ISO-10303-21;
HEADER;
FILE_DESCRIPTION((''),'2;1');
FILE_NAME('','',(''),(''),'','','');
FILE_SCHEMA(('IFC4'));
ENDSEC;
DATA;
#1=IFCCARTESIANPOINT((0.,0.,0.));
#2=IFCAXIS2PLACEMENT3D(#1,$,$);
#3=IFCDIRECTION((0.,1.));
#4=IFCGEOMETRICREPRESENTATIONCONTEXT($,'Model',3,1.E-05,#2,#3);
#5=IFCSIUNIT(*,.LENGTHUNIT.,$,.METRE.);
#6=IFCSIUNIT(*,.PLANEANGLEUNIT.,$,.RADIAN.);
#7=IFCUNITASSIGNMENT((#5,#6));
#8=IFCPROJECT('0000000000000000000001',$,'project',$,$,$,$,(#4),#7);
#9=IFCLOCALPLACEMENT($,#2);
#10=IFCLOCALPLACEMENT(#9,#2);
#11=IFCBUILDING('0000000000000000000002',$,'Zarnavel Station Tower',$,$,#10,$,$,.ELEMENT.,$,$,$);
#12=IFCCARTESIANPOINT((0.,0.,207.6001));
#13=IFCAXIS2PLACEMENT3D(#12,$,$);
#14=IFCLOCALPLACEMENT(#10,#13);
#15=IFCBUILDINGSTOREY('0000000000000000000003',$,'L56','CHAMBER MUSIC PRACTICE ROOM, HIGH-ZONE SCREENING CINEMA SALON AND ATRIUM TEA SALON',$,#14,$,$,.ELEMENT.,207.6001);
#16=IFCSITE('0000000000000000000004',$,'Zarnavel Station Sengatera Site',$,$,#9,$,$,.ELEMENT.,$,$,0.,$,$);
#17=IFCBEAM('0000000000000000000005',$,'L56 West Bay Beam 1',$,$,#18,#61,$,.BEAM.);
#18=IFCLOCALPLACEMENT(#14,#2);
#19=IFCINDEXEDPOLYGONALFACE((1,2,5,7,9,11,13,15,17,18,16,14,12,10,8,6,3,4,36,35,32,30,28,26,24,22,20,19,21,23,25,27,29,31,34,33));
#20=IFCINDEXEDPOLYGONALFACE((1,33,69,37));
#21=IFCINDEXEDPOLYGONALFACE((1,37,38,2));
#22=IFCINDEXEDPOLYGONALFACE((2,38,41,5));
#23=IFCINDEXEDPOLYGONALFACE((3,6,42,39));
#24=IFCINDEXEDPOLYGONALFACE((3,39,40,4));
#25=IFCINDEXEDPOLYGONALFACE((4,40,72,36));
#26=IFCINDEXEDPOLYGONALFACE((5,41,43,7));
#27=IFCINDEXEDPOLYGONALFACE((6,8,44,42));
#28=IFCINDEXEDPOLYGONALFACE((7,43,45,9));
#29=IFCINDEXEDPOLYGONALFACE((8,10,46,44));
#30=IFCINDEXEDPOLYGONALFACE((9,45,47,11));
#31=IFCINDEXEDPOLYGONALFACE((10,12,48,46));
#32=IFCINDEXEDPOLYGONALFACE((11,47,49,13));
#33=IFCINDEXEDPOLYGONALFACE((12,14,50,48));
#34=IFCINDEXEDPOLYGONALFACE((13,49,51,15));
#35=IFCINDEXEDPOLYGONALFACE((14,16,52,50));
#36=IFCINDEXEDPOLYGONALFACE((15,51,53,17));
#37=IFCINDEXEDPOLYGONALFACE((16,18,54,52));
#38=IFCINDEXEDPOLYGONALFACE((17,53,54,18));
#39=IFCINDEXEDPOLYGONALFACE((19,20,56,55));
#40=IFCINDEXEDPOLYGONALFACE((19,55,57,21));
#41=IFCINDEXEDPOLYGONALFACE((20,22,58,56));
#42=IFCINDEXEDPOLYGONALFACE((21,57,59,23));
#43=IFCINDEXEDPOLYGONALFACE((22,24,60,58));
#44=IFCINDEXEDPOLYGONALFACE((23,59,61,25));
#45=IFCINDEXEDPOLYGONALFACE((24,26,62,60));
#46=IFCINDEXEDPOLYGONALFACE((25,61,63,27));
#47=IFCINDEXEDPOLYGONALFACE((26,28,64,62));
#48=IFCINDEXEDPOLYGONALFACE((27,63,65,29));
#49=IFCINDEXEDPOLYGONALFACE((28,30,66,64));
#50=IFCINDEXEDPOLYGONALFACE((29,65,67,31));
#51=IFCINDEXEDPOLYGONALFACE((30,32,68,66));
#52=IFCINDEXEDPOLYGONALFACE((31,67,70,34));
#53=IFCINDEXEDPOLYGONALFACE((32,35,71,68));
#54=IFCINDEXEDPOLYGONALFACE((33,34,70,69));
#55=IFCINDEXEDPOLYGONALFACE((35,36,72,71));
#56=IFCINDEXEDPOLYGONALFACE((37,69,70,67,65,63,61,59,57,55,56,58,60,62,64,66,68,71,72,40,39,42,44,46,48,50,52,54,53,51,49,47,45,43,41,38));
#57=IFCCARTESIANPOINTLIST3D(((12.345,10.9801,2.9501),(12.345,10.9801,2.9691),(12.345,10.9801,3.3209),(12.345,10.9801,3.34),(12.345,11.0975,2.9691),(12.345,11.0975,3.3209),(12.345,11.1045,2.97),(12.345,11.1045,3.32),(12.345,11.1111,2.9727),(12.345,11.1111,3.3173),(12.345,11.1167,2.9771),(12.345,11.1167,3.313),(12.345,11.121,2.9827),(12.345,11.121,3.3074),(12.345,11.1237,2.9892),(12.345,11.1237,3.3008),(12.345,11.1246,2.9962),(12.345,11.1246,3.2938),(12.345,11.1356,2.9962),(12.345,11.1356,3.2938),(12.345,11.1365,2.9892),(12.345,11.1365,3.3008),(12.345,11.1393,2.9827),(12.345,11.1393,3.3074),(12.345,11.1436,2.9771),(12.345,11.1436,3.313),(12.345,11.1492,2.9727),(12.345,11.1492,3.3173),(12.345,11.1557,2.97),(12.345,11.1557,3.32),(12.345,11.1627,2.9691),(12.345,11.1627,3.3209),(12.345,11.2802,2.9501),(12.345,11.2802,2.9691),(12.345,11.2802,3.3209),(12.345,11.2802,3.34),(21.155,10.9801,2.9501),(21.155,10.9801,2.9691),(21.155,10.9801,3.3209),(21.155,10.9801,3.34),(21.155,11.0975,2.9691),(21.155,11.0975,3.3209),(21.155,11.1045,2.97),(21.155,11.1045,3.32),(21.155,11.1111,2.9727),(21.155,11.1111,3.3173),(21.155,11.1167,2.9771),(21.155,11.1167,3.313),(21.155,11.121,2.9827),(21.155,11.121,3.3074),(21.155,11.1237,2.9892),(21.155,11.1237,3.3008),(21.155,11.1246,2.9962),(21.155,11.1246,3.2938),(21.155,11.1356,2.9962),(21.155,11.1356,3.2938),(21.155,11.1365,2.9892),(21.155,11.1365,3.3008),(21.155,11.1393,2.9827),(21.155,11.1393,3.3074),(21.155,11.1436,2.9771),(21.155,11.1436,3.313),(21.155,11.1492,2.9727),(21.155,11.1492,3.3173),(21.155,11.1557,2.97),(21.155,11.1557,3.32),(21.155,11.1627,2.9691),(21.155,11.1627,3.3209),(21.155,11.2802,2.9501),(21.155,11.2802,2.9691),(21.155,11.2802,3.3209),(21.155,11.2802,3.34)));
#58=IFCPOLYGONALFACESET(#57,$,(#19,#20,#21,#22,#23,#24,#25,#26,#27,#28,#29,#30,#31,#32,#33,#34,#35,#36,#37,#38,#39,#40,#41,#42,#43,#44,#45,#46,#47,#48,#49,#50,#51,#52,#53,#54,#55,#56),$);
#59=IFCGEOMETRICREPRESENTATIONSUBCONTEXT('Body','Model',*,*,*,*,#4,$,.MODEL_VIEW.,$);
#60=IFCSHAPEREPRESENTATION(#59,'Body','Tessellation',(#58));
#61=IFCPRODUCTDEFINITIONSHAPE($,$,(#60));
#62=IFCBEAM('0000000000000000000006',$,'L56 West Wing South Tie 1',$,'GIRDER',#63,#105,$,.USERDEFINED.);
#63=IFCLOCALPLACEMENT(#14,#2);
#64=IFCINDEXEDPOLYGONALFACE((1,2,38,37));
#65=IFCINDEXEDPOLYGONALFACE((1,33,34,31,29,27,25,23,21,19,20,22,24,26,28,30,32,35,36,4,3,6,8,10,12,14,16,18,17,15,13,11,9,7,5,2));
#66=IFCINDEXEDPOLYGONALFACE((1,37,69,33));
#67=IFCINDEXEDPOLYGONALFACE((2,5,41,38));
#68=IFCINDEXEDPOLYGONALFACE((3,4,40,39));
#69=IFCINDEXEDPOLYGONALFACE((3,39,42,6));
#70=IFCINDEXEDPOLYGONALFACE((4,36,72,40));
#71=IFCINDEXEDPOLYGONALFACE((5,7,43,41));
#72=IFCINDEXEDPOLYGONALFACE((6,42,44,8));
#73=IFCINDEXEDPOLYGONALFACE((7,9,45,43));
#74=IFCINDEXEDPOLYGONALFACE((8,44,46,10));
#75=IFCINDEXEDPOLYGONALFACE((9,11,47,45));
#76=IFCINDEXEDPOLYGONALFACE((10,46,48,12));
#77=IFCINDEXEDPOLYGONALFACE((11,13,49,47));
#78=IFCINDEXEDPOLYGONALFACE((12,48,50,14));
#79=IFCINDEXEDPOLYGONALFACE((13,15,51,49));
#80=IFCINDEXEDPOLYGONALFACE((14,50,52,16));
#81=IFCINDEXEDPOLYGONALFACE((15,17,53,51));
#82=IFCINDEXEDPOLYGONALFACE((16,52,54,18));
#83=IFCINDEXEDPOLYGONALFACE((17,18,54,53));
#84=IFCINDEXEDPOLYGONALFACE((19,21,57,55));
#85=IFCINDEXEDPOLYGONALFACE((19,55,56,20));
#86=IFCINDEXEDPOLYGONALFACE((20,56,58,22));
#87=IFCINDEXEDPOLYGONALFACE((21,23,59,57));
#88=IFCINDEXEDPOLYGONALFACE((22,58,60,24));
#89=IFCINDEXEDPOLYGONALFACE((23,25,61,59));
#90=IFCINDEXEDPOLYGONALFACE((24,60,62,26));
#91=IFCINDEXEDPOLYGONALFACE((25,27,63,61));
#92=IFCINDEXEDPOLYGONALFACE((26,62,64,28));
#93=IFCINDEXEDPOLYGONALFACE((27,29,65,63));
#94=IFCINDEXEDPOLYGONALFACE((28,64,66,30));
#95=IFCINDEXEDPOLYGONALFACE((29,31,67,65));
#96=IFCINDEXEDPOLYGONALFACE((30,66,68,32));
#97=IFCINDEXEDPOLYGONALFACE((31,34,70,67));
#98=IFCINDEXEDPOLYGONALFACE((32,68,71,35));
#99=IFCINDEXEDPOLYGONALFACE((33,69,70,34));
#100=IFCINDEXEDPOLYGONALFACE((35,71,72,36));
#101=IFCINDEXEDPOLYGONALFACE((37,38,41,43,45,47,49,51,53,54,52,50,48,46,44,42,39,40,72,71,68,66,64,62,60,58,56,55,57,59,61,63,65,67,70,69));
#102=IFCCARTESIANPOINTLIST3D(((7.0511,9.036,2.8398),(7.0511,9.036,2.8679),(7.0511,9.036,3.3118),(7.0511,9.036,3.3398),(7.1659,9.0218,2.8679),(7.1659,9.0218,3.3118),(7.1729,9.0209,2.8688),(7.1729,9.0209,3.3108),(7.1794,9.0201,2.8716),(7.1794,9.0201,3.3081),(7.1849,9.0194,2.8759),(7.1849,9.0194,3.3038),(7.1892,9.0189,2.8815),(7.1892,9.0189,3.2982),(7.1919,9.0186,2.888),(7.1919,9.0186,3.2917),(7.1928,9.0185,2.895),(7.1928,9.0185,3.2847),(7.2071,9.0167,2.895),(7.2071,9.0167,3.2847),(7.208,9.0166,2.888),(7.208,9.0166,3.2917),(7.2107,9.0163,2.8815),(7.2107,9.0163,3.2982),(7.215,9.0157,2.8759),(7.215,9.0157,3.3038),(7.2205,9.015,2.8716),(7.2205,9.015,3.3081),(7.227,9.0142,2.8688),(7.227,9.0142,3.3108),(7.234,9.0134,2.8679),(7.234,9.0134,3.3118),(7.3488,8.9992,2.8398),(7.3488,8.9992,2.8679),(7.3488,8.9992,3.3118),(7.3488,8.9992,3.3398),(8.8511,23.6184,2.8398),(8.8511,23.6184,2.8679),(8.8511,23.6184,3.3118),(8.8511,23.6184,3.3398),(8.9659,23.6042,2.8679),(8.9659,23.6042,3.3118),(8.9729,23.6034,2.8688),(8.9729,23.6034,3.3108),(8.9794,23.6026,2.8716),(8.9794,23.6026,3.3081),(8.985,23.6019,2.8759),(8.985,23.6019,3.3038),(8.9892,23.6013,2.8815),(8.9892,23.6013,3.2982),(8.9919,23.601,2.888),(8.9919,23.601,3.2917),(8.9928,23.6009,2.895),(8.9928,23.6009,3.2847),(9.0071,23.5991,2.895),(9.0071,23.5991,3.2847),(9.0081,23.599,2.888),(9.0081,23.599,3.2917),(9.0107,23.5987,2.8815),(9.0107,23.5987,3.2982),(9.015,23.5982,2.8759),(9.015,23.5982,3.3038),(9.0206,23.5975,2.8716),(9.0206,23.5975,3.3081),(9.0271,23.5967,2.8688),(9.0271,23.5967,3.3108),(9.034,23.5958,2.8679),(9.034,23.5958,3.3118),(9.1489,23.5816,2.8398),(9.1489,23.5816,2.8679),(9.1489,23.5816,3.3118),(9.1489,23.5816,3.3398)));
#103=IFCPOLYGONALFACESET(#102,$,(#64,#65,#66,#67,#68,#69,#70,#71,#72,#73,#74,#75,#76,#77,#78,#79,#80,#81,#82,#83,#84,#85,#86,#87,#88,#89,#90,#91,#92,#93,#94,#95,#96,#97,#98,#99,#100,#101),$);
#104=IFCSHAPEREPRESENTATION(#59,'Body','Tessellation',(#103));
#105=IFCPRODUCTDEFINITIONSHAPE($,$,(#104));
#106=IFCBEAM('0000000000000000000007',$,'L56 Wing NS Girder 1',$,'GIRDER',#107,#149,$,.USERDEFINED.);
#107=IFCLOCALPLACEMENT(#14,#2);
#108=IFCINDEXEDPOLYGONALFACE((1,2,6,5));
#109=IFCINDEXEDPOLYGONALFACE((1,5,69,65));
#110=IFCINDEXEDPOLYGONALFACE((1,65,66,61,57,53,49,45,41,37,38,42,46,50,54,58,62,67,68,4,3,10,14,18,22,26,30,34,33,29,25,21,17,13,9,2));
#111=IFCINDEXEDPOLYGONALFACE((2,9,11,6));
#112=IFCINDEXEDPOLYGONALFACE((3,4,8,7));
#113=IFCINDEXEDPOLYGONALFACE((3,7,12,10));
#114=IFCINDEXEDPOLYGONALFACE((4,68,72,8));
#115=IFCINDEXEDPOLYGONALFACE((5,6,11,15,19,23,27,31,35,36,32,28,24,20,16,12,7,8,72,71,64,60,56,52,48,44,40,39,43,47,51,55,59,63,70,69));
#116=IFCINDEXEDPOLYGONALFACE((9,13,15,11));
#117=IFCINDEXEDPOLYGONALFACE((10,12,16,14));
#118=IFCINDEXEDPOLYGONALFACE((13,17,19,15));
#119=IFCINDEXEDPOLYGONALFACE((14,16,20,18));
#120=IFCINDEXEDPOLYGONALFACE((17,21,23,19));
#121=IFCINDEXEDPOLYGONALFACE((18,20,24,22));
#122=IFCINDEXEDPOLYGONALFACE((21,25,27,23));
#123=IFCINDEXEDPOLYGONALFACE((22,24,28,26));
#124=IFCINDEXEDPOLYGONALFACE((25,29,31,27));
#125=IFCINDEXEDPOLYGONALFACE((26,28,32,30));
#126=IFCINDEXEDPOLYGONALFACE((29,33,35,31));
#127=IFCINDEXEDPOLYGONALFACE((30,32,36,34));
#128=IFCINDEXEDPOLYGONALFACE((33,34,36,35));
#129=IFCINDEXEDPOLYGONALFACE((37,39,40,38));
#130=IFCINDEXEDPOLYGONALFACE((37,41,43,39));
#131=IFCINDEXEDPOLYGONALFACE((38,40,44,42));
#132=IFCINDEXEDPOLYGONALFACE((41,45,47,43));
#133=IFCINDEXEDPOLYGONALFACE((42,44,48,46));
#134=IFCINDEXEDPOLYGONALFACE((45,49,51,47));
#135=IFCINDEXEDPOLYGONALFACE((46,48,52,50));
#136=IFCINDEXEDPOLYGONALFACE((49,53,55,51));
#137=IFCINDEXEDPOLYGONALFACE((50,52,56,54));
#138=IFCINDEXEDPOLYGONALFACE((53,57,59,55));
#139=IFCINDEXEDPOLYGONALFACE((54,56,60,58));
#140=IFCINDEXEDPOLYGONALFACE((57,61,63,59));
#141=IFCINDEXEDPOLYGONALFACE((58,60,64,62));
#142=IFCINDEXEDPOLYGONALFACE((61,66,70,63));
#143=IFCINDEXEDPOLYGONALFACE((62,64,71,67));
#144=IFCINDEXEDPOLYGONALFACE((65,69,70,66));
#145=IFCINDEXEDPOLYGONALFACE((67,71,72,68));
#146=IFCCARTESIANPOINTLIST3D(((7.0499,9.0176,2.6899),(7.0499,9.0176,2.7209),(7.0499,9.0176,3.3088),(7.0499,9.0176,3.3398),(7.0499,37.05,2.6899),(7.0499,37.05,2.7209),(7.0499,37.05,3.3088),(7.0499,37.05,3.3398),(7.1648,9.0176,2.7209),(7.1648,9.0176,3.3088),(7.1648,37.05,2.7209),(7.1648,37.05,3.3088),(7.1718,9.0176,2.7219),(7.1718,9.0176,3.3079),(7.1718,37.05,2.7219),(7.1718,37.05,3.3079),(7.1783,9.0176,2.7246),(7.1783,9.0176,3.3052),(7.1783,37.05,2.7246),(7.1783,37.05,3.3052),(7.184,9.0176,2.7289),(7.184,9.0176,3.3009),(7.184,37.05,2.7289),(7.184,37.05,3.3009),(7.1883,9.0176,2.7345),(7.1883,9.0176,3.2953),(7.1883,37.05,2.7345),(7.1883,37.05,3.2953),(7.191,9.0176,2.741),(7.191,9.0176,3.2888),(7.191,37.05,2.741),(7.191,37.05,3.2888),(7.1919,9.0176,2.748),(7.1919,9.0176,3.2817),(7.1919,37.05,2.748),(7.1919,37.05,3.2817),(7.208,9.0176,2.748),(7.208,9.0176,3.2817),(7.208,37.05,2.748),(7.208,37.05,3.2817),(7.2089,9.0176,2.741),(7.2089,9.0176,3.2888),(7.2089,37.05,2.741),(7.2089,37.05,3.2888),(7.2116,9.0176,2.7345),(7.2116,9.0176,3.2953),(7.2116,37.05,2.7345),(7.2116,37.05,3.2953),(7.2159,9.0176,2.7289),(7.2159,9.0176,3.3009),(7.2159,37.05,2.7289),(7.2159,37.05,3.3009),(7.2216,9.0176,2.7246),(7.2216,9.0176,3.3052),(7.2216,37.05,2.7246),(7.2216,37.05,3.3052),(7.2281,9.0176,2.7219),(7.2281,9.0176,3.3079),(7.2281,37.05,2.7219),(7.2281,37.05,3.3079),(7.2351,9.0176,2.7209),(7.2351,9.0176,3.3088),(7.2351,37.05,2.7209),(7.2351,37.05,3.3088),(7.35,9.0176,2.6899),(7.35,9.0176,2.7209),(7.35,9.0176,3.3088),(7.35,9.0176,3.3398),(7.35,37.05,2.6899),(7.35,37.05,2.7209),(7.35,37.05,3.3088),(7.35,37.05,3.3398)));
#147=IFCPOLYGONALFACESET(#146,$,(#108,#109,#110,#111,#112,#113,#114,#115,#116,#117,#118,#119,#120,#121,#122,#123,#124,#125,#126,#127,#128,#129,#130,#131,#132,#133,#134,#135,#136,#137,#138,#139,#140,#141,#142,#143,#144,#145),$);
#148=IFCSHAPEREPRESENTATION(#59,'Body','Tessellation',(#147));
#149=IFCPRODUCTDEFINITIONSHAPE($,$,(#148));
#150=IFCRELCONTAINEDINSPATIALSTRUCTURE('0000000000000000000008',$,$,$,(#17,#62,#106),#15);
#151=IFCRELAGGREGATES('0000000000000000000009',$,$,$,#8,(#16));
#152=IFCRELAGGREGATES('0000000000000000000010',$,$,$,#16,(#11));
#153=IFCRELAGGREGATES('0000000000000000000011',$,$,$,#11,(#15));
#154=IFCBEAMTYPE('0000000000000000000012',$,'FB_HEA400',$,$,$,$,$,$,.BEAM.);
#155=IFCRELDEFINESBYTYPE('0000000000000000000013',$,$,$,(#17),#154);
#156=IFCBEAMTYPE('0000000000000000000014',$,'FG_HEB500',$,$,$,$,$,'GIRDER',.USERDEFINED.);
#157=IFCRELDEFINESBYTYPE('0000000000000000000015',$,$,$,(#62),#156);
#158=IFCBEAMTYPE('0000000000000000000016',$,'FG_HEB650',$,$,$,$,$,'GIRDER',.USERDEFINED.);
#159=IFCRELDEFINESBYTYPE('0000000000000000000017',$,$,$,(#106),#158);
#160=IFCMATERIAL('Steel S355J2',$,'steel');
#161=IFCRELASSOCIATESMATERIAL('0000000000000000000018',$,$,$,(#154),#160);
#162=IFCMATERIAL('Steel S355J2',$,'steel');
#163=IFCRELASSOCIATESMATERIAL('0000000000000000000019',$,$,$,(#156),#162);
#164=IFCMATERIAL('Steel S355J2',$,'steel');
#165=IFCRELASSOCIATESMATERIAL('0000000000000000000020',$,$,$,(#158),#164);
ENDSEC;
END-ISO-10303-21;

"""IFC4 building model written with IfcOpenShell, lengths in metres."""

from ifc_helpers import new_model, si_unit, direction, frame, origin, origin_2d, place, context, subcontext, project, spatial, i_section, extrude, material, material_profile, profile_set, type_object, element, save


model = new_model("IFC4")

# Units and contexts
model_context = context("Model", 3, precision=1e-05, world=origin(), true_north=direction((0.0, 1.0)))
body_context = subcontext(model_context, "Body", "Model", "MODEL_VIEW")
ifc_project = project(units=[si_unit("LENGTHUNIT", "METRE"), si_unit("PLANEANGLEUNIT", "RADIAN")], contexts=[model_context])

# Site, building, storey
site_placement = place(None, origin())
site = spatial("IfcSite", under=ifc_project, at=site_placement, Name="Zarnavel Station Sengatera Site", CompositionType="ELEMENT", RefElevation=0.0)
building_placement = place(site_placement, origin())
building = spatial("IfcBuilding", under=site, at=building_placement, Name="Zarnavel Station Tower", CompositionType="ELEMENT")
storey_placement = place(building_placement, frame((0.0, 0.0, 207.6001)))
storey = spatial("IfcBuildingStorey", under=building, at=storey_placement, Name="L56", Description="CHAMBER MUSIC PRACTICE ROOM, HIGH-ZONE SCREENING CINEMA SALON AND ATRIUM TEA SALON", CompositionType="ELEMENT", Elevation=207.6001)

# Beams
ifc_material_1 = material(Name="Steel S355J2", Category="steel")
ifc_material_profile_1 = material_profile(ifc_material_1, i_section(OverallWidth=0.3, OverallDepth=0.3899, WebThickness=0.011, FlangeThickness=0.019, FilletRadius=0.0271, at=origin_2d()), Name="HEA400")
ifc_profile_set_1 = profile_set([ifc_material_profile_1], Name="Steel S355J2")
beam_type_1 = type_object("IfcBeamType", Name="FB_HEA400", PredefinedType="BEAM", material=ifc_profile_set_1)
beam_1_placement = place(storey_placement, frame((12.345, 11.1301, 3.145), z_axis=(1.0, 0.0, 0.0), x_axis=(0.0, 1.0, 0.0)))
element("IfcBeam", 1, at=beam_1_placement, inside=storey, type_object=beam_type_1, Name="L56 West Bay Beam 1", PredefinedType="BEAM", context=body_context, shape_type="SweptSolid", body=[
    extrude(i_section(OverallWidth=0.3, OverallDepth=0.3899, WebThickness=0.011, FlangeThickness=0.019, FilletRadius=0.0271, at=origin_2d()), origin(), (0.0, 0.0, 1.0), 8.8101),
])
ifc_material_2 = material(Name="Steel S355J2", Category="steel")
ifc_material_profile_2 = material_profile(ifc_material_2, i_section(OverallWidth=0.3, OverallDepth=0.5, WebThickness=0.0144, FlangeThickness=0.0281, FilletRadius=0.0271, at=origin_2d()), Name="HEB500")
ifc_profile_set_2 = profile_set([ifc_material_profile_2], Name="Steel S355J2")
beam_type_2 = type_object("IfcBeamType", Name="FG_HEB500", ElementType="GIRDER", PredefinedType="USERDEFINED", material=ifc_profile_set_2)
beam_2_placement = place(storey_placement, frame((7.2, 9.0176, 3.0898), z_axis=(0.122509, 0.992467, 0.0), x_axis=(-0.992467, 0.122509, 0.0)))
element("IfcBeam", 2, at=beam_2_placement, inside=storey, type_object=beam_type_2, Name="L56 West Wing South Tie 1", ObjectType="GIRDER", PredefinedType="USERDEFINED", context=body_context, shape_type="SweptSolid", body=[
    extrude(i_section(OverallWidth=0.3, OverallDepth=0.5, WebThickness=0.0144, FlangeThickness=0.0281, FilletRadius=0.0271, at=origin_2d()), origin(), (0.0, 0.0, 1.0), 14.6931),
])
ifc_material_3 = material(Name="Steel S355J2", Category="steel")
ifc_material_profile_3 = material_profile(ifc_material_3, i_section(OverallWidth=0.3, OverallDepth=0.6499, WebThickness=0.0161, FlangeThickness=0.031, FilletRadius=0.0271, at=origin_2d()), Name="HEB650")
ifc_profile_set_3 = profile_set([ifc_material_profile_3], Name="Steel S355J2")
beam_type_3 = type_object("IfcBeamType", Name="FG_HEB650", ElementType="GIRDER", PredefinedType="USERDEFINED", material=ifc_profile_set_3)
beam_3_placement = place(storey_placement, frame((7.2, 9.0176, 3.0149), z_axis=(0.0, 1.0, 0.0), x_axis=(-1.0, 0.0, 0.0)))
element("IfcBeam", 3, at=beam_3_placement, inside=storey, type_object=beam_type_3, Name="L56 Wing NS Girder 1", ObjectType="GIRDER", PredefinedType="USERDEFINED", context=body_context, shape_type="SweptSolid", body=[
    extrude(i_section(OverallWidth=0.3, OverallDepth=0.6499, WebThickness=0.0161, FlangeThickness=0.031, FilletRadius=0.0271, at=origin_2d()), origin(), (0.0, 0.0, 1.0), 28.0325),
])

save(model, "model.ifc")
